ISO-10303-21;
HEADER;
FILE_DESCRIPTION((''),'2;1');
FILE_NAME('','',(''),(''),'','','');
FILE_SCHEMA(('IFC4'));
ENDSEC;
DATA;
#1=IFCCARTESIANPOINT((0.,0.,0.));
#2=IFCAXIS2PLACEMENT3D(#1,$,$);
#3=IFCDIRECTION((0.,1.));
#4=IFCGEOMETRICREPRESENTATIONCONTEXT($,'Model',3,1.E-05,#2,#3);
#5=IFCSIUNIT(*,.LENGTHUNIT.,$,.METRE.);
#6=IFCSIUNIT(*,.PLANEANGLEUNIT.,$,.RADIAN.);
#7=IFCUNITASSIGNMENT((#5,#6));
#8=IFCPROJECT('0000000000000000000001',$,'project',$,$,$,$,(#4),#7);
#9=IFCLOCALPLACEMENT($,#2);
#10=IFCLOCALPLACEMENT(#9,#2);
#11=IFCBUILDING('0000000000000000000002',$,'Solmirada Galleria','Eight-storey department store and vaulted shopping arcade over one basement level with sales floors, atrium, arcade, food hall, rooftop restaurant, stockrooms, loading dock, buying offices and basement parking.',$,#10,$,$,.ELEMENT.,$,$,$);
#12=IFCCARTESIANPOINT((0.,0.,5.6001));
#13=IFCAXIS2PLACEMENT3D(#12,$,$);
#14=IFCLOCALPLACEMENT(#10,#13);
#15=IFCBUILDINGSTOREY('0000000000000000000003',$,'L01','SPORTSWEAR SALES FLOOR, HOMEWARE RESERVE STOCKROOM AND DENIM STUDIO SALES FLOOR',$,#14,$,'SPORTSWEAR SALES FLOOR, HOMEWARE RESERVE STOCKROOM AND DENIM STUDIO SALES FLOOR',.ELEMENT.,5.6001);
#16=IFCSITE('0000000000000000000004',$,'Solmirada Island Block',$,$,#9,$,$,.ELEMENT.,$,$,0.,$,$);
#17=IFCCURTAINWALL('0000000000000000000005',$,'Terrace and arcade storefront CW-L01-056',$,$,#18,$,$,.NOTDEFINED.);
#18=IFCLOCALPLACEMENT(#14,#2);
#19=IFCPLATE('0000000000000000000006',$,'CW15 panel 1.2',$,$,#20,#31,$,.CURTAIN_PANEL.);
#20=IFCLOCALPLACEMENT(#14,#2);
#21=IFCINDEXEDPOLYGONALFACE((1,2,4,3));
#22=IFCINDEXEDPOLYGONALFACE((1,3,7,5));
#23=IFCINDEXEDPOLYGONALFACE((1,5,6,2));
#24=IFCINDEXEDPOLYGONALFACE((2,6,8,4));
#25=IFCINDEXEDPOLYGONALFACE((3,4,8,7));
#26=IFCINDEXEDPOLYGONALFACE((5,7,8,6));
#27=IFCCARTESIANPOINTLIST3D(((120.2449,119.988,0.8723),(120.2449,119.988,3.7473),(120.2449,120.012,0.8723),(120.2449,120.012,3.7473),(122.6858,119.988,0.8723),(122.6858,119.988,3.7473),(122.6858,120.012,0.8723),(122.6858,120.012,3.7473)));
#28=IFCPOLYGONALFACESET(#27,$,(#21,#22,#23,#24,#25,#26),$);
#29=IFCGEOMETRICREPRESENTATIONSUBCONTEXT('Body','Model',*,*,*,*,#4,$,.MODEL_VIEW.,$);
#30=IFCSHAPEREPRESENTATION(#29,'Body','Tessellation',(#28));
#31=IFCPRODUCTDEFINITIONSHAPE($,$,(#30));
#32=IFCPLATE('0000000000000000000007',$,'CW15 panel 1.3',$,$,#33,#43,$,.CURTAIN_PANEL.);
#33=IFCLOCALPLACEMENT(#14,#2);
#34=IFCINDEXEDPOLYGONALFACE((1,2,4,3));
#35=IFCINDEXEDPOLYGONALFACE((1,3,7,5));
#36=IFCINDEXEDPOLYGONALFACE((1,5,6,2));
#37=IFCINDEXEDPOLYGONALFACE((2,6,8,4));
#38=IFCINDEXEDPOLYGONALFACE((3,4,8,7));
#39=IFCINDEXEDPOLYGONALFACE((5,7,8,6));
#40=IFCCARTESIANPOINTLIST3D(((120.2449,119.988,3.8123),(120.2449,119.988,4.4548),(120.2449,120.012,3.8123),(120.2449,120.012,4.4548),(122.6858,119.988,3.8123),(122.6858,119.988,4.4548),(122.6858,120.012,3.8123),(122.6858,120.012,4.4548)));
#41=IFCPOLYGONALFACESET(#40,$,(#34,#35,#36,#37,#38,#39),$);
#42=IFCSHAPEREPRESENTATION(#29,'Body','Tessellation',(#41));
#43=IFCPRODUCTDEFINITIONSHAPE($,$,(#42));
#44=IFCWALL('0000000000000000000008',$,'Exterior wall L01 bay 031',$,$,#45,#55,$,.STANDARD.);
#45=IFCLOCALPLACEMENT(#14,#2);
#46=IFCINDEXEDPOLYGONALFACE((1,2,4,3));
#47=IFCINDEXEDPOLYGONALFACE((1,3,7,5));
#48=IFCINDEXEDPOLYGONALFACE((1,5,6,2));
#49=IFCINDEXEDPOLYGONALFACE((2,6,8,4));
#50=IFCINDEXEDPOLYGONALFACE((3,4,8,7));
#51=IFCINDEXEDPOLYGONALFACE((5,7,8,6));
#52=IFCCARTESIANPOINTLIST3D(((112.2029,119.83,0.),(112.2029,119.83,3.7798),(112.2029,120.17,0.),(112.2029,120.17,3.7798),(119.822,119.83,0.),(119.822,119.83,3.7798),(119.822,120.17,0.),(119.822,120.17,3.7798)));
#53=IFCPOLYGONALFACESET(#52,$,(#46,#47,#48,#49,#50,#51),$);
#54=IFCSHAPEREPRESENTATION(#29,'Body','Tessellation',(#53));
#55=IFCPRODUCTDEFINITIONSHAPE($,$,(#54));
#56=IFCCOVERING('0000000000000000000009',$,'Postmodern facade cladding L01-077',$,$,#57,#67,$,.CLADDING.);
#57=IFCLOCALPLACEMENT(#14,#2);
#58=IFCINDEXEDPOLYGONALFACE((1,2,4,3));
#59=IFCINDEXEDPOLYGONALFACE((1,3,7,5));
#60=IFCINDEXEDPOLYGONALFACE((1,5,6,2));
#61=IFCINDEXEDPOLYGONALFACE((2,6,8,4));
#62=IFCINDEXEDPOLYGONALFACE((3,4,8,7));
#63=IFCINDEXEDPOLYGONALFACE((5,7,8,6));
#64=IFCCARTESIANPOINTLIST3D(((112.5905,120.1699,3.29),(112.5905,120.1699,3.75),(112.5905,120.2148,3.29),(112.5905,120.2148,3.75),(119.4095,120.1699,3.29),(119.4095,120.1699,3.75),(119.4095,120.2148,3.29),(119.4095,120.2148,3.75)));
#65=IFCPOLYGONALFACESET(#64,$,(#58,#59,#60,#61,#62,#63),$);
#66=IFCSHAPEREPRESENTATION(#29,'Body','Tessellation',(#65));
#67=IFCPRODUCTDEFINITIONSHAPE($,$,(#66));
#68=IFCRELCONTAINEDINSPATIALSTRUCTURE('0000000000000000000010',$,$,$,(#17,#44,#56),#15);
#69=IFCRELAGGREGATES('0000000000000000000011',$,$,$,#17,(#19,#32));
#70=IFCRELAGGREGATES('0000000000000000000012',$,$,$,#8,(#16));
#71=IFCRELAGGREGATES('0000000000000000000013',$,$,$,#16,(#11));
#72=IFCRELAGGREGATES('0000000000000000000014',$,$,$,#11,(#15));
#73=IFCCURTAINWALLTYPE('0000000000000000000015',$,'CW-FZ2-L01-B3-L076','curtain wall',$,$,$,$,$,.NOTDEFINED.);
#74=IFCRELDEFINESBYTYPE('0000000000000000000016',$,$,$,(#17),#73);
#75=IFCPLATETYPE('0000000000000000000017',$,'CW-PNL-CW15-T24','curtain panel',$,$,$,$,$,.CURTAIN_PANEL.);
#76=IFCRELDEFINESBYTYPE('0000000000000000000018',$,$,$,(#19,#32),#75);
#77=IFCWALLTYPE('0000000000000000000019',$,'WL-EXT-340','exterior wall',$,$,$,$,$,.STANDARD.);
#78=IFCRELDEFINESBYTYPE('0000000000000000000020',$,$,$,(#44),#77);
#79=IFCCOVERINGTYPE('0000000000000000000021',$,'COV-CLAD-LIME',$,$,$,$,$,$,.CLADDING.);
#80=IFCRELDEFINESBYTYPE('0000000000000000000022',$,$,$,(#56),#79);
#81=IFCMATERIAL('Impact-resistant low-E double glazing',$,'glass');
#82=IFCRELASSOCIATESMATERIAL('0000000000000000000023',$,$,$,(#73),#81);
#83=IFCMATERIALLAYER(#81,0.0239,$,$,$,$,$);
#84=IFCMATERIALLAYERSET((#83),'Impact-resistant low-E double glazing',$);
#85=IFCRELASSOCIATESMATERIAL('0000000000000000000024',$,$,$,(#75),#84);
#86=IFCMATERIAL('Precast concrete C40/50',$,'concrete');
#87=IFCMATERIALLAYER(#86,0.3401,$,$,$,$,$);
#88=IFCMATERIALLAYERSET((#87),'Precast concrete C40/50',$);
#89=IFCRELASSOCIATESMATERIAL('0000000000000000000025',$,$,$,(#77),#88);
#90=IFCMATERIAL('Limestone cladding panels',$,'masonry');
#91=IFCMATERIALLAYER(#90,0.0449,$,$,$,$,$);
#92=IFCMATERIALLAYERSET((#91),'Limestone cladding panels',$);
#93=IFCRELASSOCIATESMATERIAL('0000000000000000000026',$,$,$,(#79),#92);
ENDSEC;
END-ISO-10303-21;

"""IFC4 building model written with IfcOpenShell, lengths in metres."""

from ifc_helpers import new_model, si_unit, direction, frame, frame_2d, origin, origin_2d, place, context, subcontext, project, spatial, rectangle, extrude, material, layer, layer_set, type_object, element, aggregate, save


model = new_model("IFC4")

# Units and contexts
model_context = context("Model", 3, precision=1e-05, world=origin(), true_north=direction((0.0, 1.0)))
body_context = subcontext(model_context, "Body", "Model", "MODEL_VIEW")
ifc_project = project(units=[si_unit("LENGTHUNIT", "METRE"), si_unit("PLANEANGLEUNIT", "RADIAN")], contexts=[model_context])

# Site, building, storey
site_placement = place(None, origin())
site = spatial("IfcSite", under=ifc_project, at=site_placement, Name="Solmirada Island Block", CompositionType="ELEMENT", RefElevation=0.0)
building_placement = place(site_placement, origin())
building = spatial("IfcBuilding", under=site, at=building_placement, Name="Solmirada Galleria", Description="Eight-storey department store and vaulted shopping arcade over one basement level with sales floors, atrium, arcade, food hall, rooftop restaurant, stockrooms, loading dock, buying offices and basement parking.", CompositionType="ELEMENT")
storey_placement = place(building_placement, frame((0.0, 0.0, 5.6001)))
storey = spatial("IfcBuildingStorey", under=building, at=storey_placement, Name="L01", Description="SPORTSWEAR SALES FLOOR, HOMEWARE RESERVE STOCKROOM AND DENIM STUDIO SALES FLOOR", LongName="SPORTSWEAR SALES FLOOR, HOMEWARE RESERVE STOCKROOM AND DENIM STUDIO SALES FLOOR", CompositionType="ELEMENT", Elevation=5.6001)

# Shared definitions
ifc_material_1 = material(Name="Precast concrete C40/50", Category="concrete")

# Curtain wall
ifc_material_2 = material(Name="Impact-resistant low-E double glazing", Category="glass")
curtain_wall_type_1 = type_object("IfcCurtainWallType", Name="CW-FZ2-L01-B3-L076", Description="curtain wall", PredefinedType="NOTDEFINED", material=ifc_material_2)
curtain_wall_1_placement = place(storey_placement, origin())
curtain_wall_1 = element("IfcCurtainWall", 1, at=curtain_wall_1_placement, inside=storey, type_object=curtain_wall_type_1, Name="Terrace and arcade storefront CW-L01-056", PredefinedType="NOTDEFINED")

# Plates
ifc_layer_1 = layer(ifc_material_2, 0.0239)
ifc_layer_set_1 = layer_set([ifc_layer_1], Name="Impact-resistant low-E double glazing")
plate_type_1 = type_object("IfcPlateType", Name="CW-PNL-CW15-T24", Description="curtain panel", PredefinedType="CURTAIN_PANEL", material=ifc_layer_set_1)
plate_1_placement = place(storey_placement, frame((121.4653, 120.0, 0.8723), z_axis=(0.0, 0.0, 1.0), x_axis=(1.0, 0.0, 0.0)))
plate_1 = element("IfcPlate", 2, at=plate_1_placement, type_object=plate_type_1, Name="CW15 panel 1.2", PredefinedType="CURTAIN_PANEL", context=body_context, shape_type="SweptSolid", body=[
    extrude(rectangle(XDim=2.4409, YDim=0.0239, at=origin_2d()), origin(), (0.0, 0.0, 1.0), 2.875),
])
plate_2_placement = place(storey_placement, frame((121.4653, 120.0, 3.8123), z_axis=(0.0, 0.0, 1.0), x_axis=(1.0, 0.0, 0.0)))
plate_2 = element("IfcPlate", 3, at=plate_2_placement, type_object=plate_type_1, Name="CW15 panel 1.3", PredefinedType="CURTAIN_PANEL", context=body_context, shape_type="SweptSolid", body=[
    extrude(rectangle(XDim=2.4409, YDim=0.0239, at=origin_2d()), origin(), (0.0, 0.0, 1.0), 0.6426),
])
aggregate(curtain_wall_1, [plate_1, plate_2])

# Wall
ifc_layer_2 = layer(ifc_material_1, 0.3401)
ifc_layer_set_2 = layer_set([ifc_layer_2], Name="Precast concrete C40/50")
wall_type = type_object("IfcWallType", Name="WL-EXT-340", Description="exterior wall", PredefinedType="STANDARD", material=ifc_layer_set_2)
wall_placement = place(storey_placement, frame((112.2029, 120.0, 0.0), z_axis=(0.0, 0.0, 1.0), x_axis=(1.0, 0.0, 0.0)))
element("IfcWall", 4, at=wall_placement, inside=storey, type_object=wall_type, Name="Exterior wall L01 bay 031", PredefinedType="STANDARD", context=body_context, shape_type="SweptSolid", body=[
    extrude(rectangle(XDim=7.6191, YDim=0.3401, at=frame_2d((3.8096, 0.0))), origin(), (0.0, 0.0, 1.0), 3.7798),
])

# Covering
ifc_material_3 = material(Name="Limestone cladding panels", Category="masonry")
ifc_layer_3 = layer(ifc_material_3, 0.0449)
ifc_layer_set_3 = layer_set([ifc_layer_3], Name="Limestone cladding panels")
covering_type = type_object("IfcCoveringType", Name="COV-CLAD-LIME", PredefinedType="CLADDING", material=ifc_layer_set_3)
covering_placement = place(storey_placement, frame((116.0, 120.1924, 3.29), z_axis=(0.0, 0.0, 1.0), x_axis=(1.0, 0.0, 0.0)))
element("IfcCovering", 5, at=covering_placement, inside=storey, type_object=covering_type, Name="Postmodern facade cladding L01-077", PredefinedType="CLADDING", context=body_context, shape_type="SweptSolid", body=[
    extrude(rectangle(XDim=6.8191, YDim=0.0449, at=origin_2d()), origin(), (0.0, 0.0, 1.0), 0.46),
])

save(model, "model.ifc")
